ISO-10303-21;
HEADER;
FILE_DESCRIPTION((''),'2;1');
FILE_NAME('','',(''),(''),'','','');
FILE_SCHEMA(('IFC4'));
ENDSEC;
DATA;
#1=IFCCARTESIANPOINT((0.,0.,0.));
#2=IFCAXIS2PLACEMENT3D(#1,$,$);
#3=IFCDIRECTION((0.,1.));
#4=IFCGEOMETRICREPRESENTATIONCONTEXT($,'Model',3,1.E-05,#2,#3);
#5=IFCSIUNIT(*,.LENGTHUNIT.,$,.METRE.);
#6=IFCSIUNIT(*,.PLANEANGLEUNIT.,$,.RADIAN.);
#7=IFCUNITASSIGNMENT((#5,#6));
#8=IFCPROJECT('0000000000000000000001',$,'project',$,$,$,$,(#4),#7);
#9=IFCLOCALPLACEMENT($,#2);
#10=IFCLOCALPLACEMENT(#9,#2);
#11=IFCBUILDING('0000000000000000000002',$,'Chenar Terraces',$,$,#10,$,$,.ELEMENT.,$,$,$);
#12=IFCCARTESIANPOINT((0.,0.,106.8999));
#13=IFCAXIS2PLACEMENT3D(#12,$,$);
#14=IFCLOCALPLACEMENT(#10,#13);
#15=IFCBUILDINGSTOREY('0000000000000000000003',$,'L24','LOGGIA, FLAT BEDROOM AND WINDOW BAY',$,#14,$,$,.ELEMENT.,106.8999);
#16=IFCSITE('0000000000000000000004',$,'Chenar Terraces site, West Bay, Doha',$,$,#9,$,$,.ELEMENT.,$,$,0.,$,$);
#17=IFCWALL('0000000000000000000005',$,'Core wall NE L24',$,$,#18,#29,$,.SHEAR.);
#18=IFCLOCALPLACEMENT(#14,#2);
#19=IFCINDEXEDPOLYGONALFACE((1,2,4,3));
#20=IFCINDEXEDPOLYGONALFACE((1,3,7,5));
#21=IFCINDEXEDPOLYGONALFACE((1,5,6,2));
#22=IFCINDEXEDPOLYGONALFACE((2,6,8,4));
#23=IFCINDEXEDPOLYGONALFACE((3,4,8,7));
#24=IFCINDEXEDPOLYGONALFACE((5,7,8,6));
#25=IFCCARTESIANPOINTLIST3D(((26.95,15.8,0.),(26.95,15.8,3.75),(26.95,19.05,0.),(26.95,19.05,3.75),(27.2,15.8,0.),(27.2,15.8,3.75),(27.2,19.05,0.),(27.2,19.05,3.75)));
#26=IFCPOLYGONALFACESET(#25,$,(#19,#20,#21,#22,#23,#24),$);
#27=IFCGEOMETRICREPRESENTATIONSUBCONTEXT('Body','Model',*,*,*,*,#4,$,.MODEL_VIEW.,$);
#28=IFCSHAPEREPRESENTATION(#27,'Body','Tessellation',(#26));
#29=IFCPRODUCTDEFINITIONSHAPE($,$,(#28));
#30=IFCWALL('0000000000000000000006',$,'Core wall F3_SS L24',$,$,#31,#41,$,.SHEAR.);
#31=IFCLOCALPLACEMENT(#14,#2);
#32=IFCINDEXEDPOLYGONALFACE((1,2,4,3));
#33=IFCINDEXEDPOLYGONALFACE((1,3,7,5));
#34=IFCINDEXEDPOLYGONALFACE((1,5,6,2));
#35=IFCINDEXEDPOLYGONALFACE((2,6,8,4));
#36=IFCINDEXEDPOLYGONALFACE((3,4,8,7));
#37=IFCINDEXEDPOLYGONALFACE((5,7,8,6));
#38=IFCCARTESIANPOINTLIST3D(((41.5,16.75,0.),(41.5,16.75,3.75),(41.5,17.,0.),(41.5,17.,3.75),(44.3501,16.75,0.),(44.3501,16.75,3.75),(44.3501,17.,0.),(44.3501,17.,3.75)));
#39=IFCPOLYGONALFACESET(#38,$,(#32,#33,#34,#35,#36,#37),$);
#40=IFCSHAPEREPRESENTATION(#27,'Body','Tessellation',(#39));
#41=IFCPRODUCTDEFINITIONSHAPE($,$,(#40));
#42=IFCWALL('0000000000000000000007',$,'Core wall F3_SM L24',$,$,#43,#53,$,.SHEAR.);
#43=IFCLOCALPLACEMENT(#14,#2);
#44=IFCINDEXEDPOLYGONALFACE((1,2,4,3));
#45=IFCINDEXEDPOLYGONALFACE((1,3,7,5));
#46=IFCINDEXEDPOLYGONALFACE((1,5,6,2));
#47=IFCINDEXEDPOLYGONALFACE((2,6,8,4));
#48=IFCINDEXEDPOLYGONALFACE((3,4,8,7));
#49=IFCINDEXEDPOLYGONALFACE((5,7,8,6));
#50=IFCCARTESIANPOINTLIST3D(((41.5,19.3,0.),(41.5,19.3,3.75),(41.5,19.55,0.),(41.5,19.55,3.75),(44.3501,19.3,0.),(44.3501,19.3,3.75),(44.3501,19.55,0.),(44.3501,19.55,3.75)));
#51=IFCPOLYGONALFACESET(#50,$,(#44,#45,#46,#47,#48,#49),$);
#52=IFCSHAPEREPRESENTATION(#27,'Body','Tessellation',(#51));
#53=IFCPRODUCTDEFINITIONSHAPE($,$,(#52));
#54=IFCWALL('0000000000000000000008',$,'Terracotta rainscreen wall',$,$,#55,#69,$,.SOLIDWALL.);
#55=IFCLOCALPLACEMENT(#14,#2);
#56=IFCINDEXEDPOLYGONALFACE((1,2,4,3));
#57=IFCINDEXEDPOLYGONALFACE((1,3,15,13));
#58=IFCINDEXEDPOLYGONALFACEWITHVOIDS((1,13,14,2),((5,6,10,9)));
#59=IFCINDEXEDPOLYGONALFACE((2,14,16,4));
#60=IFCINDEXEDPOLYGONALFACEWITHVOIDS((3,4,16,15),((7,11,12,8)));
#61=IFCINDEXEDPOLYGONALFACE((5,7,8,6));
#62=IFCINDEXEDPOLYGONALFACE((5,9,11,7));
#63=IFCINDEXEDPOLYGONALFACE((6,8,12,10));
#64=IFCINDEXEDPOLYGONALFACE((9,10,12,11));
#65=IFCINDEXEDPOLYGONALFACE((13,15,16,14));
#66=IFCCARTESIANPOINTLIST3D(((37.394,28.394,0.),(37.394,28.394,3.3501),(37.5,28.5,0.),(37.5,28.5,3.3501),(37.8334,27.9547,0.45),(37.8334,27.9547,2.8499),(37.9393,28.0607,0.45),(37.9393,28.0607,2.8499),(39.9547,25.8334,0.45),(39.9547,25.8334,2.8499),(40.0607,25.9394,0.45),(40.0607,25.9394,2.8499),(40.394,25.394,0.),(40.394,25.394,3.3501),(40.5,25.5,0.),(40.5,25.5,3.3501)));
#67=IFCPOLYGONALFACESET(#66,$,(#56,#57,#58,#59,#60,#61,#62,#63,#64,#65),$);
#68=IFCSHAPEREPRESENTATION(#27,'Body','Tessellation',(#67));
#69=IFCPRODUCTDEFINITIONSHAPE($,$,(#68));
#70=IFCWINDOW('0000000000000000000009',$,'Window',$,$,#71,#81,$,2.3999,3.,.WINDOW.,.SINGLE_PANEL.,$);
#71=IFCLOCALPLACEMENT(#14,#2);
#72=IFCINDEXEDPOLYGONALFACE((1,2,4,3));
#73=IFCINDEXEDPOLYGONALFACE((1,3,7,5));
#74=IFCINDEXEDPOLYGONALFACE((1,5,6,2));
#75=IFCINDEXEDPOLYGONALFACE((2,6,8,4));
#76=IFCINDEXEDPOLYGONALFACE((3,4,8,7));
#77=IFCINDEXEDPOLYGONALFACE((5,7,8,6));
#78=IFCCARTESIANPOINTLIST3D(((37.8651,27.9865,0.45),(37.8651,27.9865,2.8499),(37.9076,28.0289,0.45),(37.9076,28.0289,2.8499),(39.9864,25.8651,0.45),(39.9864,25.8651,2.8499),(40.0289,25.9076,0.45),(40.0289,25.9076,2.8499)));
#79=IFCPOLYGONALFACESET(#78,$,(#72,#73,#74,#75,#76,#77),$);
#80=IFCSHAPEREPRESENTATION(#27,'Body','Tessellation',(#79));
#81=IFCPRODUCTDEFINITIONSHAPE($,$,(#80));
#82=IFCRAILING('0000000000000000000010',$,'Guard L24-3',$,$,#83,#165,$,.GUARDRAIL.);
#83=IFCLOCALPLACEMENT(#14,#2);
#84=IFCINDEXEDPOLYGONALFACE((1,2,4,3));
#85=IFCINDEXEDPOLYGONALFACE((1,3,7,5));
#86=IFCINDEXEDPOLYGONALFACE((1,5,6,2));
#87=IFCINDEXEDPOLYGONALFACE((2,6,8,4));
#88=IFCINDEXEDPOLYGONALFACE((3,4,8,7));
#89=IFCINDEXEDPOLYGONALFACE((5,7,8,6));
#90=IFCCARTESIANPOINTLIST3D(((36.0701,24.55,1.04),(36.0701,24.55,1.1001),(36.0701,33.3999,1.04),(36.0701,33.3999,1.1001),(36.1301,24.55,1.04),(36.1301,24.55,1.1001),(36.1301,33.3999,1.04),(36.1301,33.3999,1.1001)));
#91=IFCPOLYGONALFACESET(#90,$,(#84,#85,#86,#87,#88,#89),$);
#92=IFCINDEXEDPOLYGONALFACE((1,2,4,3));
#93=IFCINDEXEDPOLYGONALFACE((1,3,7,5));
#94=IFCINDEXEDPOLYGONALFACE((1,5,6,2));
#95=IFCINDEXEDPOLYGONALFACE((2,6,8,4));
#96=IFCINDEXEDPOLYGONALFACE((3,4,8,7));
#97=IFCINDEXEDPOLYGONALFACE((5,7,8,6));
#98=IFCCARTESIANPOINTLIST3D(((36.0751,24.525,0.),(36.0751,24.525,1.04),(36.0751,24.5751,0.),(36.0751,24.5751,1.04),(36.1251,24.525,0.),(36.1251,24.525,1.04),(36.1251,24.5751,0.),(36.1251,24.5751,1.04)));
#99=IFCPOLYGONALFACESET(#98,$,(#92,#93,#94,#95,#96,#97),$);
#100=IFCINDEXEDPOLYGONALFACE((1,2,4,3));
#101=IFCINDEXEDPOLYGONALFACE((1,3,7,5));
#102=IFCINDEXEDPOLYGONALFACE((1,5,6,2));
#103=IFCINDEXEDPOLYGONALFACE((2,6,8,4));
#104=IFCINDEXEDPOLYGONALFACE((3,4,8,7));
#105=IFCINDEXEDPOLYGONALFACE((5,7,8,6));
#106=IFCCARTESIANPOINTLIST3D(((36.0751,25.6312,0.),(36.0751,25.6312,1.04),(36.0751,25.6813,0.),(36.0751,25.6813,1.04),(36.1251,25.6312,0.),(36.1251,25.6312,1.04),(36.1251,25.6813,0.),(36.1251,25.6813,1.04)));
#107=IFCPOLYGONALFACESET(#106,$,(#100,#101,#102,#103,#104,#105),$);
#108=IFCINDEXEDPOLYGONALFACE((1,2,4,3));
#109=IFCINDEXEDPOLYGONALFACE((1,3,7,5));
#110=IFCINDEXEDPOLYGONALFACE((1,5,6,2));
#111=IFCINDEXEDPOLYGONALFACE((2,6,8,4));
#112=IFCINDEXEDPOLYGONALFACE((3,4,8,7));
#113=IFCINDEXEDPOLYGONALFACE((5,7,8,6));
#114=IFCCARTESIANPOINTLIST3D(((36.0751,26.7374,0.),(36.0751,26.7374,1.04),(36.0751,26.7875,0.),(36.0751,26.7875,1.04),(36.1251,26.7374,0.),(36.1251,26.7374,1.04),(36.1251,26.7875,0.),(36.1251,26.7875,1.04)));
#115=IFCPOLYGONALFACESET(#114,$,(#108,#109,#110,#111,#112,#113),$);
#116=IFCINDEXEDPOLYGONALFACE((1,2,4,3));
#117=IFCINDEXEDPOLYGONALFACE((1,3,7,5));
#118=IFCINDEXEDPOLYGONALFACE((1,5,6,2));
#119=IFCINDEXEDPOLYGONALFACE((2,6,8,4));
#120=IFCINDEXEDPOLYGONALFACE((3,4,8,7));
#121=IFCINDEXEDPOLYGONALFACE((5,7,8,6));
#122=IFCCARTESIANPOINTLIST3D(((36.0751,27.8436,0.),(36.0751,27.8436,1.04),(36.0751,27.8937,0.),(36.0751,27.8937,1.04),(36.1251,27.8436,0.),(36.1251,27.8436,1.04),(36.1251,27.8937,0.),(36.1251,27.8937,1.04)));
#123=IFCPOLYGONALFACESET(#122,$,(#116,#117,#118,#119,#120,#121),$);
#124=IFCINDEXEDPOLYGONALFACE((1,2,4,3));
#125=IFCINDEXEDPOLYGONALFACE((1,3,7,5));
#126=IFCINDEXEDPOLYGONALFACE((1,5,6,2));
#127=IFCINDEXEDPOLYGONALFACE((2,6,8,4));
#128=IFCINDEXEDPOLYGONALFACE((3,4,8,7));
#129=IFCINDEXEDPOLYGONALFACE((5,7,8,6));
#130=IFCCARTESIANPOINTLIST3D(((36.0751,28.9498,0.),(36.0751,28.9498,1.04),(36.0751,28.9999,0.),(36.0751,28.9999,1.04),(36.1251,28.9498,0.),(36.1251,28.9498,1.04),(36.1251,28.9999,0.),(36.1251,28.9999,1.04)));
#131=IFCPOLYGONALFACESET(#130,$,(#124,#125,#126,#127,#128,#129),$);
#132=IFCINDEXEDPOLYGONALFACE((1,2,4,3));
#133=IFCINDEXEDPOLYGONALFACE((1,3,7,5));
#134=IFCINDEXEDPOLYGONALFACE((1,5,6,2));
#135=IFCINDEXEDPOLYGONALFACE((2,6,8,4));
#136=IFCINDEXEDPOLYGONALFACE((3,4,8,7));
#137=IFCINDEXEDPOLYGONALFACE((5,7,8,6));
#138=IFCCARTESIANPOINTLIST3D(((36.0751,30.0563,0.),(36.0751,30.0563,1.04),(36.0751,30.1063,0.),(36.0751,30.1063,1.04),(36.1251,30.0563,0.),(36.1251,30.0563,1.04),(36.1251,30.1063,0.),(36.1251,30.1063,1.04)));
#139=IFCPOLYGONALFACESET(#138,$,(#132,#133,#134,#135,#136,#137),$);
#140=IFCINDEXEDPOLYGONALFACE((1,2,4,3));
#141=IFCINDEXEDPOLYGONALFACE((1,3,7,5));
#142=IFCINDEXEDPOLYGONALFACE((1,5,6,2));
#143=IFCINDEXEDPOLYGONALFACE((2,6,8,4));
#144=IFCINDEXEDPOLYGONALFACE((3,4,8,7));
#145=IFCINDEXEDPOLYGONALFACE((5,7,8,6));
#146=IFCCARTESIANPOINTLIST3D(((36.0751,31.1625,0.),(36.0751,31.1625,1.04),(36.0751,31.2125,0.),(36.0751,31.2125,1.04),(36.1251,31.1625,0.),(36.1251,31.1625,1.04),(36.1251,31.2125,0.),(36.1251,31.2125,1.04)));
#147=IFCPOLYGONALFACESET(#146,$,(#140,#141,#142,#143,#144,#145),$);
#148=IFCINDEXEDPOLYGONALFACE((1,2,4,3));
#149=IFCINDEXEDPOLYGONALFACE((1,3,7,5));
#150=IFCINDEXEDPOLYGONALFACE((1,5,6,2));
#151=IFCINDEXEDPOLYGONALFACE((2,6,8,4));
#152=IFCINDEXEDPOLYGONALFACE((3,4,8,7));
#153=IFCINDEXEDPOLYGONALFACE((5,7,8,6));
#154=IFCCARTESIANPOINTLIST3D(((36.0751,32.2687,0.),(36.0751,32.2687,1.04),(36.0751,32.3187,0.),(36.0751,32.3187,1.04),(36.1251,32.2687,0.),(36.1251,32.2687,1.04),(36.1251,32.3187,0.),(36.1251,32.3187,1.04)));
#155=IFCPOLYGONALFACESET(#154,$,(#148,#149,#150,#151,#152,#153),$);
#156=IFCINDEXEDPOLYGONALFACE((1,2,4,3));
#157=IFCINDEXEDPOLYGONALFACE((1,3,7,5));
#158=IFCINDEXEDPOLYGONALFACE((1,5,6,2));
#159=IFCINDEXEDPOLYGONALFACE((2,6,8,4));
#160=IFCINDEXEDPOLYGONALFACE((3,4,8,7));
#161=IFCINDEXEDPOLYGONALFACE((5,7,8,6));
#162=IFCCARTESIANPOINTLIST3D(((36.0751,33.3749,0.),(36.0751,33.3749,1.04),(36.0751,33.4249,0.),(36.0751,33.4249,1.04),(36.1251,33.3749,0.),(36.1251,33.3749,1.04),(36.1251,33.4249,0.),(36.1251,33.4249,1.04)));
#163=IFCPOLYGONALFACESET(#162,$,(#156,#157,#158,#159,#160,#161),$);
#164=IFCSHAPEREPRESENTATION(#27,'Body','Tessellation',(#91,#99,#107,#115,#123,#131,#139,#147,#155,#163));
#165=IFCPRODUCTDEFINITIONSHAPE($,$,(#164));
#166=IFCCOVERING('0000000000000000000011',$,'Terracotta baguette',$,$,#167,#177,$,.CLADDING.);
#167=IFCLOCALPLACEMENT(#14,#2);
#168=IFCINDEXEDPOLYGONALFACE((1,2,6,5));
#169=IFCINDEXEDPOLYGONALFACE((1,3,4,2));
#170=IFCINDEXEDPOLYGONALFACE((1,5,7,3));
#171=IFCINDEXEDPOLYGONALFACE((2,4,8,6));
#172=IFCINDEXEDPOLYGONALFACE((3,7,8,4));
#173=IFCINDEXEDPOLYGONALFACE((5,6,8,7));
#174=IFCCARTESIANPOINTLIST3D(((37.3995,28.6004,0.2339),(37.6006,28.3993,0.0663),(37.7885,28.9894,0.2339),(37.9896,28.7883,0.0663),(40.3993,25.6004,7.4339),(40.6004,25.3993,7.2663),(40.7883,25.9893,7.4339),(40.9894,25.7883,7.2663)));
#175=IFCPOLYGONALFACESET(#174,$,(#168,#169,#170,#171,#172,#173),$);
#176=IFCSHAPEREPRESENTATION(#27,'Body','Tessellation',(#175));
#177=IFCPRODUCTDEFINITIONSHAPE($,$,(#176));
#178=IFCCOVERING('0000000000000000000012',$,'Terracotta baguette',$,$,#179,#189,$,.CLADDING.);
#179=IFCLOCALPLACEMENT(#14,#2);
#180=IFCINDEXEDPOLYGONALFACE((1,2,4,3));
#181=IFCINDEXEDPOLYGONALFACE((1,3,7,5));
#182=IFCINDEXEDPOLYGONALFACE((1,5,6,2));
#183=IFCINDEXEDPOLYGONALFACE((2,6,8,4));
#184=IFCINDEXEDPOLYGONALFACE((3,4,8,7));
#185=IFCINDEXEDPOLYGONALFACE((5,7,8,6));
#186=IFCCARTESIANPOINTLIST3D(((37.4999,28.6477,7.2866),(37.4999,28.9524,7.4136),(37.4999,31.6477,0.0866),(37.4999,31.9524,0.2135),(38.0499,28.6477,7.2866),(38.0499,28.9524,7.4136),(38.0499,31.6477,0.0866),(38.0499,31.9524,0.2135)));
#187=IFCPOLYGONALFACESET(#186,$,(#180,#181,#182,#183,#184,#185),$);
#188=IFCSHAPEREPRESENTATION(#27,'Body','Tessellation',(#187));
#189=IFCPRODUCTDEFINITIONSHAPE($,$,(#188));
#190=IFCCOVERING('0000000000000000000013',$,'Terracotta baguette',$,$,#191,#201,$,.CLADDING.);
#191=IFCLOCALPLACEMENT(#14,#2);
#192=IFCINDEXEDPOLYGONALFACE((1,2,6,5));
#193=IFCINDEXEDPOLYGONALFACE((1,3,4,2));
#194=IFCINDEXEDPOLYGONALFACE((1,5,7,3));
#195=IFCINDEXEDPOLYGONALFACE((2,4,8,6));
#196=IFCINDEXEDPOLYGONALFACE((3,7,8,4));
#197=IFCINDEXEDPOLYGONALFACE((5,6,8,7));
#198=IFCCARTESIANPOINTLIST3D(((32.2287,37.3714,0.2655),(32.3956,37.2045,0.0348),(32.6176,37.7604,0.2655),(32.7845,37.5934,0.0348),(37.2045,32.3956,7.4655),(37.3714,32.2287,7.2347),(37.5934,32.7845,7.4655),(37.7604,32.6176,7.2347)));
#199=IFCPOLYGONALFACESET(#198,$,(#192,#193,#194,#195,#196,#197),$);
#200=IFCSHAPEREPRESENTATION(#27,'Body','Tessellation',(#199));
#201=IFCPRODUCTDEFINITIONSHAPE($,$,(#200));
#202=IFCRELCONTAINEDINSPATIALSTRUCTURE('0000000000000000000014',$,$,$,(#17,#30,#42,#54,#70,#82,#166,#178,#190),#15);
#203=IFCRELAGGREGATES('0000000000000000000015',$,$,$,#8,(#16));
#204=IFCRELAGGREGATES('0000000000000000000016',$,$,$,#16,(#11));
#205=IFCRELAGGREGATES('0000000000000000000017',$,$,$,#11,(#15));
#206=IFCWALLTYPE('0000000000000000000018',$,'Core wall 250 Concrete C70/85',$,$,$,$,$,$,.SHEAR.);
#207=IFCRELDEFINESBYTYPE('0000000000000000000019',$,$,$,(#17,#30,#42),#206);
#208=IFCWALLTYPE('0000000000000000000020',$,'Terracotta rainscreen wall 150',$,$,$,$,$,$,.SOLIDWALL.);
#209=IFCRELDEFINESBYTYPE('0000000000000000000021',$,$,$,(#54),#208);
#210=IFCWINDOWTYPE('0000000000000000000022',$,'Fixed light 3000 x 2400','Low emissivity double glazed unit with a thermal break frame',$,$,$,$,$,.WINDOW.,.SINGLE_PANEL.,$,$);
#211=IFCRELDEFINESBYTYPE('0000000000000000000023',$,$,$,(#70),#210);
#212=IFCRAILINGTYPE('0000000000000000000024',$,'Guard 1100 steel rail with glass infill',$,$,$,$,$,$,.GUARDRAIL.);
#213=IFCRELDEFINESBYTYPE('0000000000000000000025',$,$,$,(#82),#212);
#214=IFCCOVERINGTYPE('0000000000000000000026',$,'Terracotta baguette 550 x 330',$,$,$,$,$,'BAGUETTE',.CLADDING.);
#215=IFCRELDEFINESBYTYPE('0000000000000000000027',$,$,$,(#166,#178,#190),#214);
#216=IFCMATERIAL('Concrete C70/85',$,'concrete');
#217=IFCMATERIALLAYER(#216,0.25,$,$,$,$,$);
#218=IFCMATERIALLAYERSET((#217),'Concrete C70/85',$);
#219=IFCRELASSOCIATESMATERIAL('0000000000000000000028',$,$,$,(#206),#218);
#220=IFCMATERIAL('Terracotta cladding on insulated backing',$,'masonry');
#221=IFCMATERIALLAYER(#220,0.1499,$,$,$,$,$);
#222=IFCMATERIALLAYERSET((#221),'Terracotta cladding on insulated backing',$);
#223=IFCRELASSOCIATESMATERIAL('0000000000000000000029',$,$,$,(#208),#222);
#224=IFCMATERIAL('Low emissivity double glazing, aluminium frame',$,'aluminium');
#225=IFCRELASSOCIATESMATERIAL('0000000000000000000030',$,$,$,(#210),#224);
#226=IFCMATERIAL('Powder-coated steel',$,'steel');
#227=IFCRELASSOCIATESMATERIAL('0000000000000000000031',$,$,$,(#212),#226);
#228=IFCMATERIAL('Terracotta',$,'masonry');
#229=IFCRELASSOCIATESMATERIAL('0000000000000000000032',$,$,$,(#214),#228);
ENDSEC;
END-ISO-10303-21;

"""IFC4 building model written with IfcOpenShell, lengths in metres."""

from ifc_helpers import new_model, si_unit, direction, frame, frame_2d, origin, origin_2d, place, context, subcontext, project, spatial, rectangle, extrude, material, layer, layer_set, material_profile, profile_set, type_object, element, fill, save


model = new_model("IFC4")

# Units and contexts
model_context = context("Model", 3, precision=1e-05, world=origin(), true_north=direction((0.0, 1.0)))
body_context = subcontext(model_context, "Body", "Model", "MODEL_VIEW")
ifc_project = project(units=[si_unit("LENGTHUNIT", "METRE"), si_unit("PLANEANGLEUNIT", "RADIAN")], contexts=[model_context])

# Site, building, storey
site_placement = place(None, origin())
site = spatial("IfcSite", under=ifc_project, at=site_placement, Name="Chenar Terraces site, West Bay, Doha", CompositionType="ELEMENT", RefElevation=0.0)
building_placement = place(site_placement, origin())
building = spatial("IfcBuilding", under=site, at=building_placement, Name="Chenar Terraces", CompositionType="ELEMENT")
storey_placement = place(building_placement, frame((0.0, 0.0, 106.8999)))
storey = spatial("IfcBuildingStorey", under=building, at=storey_placement, Name="L24", Description="LOGGIA, FLAT BEDROOM AND WINDOW BAY", CompositionType="ELEMENT", Elevation=106.8999)

# Walls
ifc_material_1 = material(Name="Concrete C70/85", Category="concrete")
ifc_layer_1 = layer(ifc_material_1, 0.25)
ifc_layer_set_1 = layer_set([ifc_layer_1], Name="Concrete C70/85")
wall_type_1 = type_object("IfcWallType", Name="Core wall 250 Concrete C70/85", PredefinedType="SHEAR", material=ifc_layer_set_1)
wall_1_placement = place(storey_placement, frame((27.075, 15.8, 0.0), z_axis=(0.0, 0.0, 1.0), x_axis=(0.0, 1.0, 0.0)))
element("IfcWall", 1, at=wall_1_placement, inside=storey, type_object=wall_type_1, Name="Core wall NE L24", PredefinedType="SHEAR", context=body_context, shape_type="SweptSolid", body=[
    extrude(rectangle(XDim=3.25, YDim=0.25, at=frame_2d((1.625, 0.0))), origin(), (0.0, 0.0, 1.0), 3.75),
])
for number, where, z_axis, x_axis, name in (
    (2, (41.5, 16.875, 0.0), (0.0, 0.0, 1.0), (1.0, 0.0, 0.0), "Core wall F3_SS L24"),
    (3, (41.5, 19.425, 0.0), (0.0, 0.0, 1.0), (1.0, 0.0, 0.0), "Core wall F3_SM L24"),
):
    element("IfcWall", number, at=place(storey_placement, frame(where, z_axis=z_axis, x_axis=x_axis)), inside=storey, type_object=wall_type_1, Name=name, PredefinedType="SHEAR", context=body_context, shape_type="SweptSolid", body=[
        extrude(rectangle(XDim=2.8501, YDim=0.25, at=frame_2d((1.425, 0.0))), origin(), (0.0, 0.0, 1.0), 3.75),
    ])

# Wall, opening, window
ifc_material_2 = material(Name="Terracotta cladding on insulated backing", Category="masonry")
ifc_layer_2 = layer(ifc_material_2, 0.1499)
ifc_layer_set_2 = layer_set([ifc_layer_2], Name="Terracotta cladding on insulated backing")
wall_type_2 = type_object("IfcWallType", Name="Terracotta rainscreen wall 150", PredefinedType="SOLIDWALL", material=ifc_layer_set_2)
wall_2_placement = place(storey_placement, frame((40.447, 25.447, 0.0), z_axis=(0.0, 0.0, 1.0), x_axis=(-0.707107, 0.707107, 0.0)))
wall_2 = element("IfcWall", 4, at=wall_2_placement, inside=storey, type_object=wall_type_2, Name="Terracotta rainscreen wall", PredefinedType="SOLIDWALL", context=body_context, shape_type="SweptSolid", body=[
    extrude(rectangle(XDim=4.2427, YDim=0.1499, at=frame_2d((2.1213, 0.0))), origin(), (0.0, 0.0, 1.0), 3.3501),
])
opening_1_placement = place(wall_2_placement, frame((0.6213, 0.0, 0.45)))
opening_1 = element("IfcOpeningElement", 5, at=opening_1_placement, cuts=wall_2, PredefinedType="OPENING", context=body_context, shape_type="SweptSolid", body=[
    extrude(rectangle(XDim=3.0, YDim=2.3999, at=frame_2d((1.5, 1.2))), frame((0.0, 0.085, 0.0), z_axis=(0.0, -1.0, 0.0), x_axis=(1.0, 0.0, 0.0)), (0.0, 0.0, 1.0), 0.1699),
])
ifc_material_3 = material(Name="Low emissivity double glazing, aluminium frame", Category="aluminium")
window_type = type_object("IfcWindowType", Name="Fixed light 3000 x 2400", Description="Low emissivity double glazed unit with a thermal break frame", PartitioningType="SINGLE_PANEL", PredefinedType="WINDOW", material=ifc_material_3)
window_placement = place(opening_1_placement, origin())
window = element("IfcWindow", 6, at=window_placement, inside=storey, type_object=window_type, Name="Window", OverallHeight=2.3999, OverallWidth=3.0, PartitioningType="SINGLE_PANEL", PredefinedType="WINDOW", context=body_context, shape_type="SweptSolid", body=[
    extrude(rectangle(XDim=3.0, YDim=2.3999, at=frame_2d((1.5, 1.2))), frame((0.0, 0.03, 0.0), z_axis=(0.0, -1.0, 0.0), x_axis=(1.0, 0.0, 0.0)), (0.0, 0.0, 1.0), 0.0601),
])
fill(opening_1, window)

# Railing
ifc_material_4 = material(Name="Powder-coated steel", Category="steel")
railing_type = type_object("IfcRailingType", Name="Guard 1100 steel rail with glass infill", PredefinedType="GUARDRAIL", material=ifc_material_4)
railing_placement = place(storey_placement, frame((36.1001, 24.55, 0.0)))
element("IfcRailing", 7, at=railing_placement, inside=storey, type_object=railing_type, Name="Guard L24-3", PredefinedType="GUARDRAIL", context=body_context, shape_type="SweptSolid", body=[
    extrude(rectangle(XDim=0.0601, YDim=0.0601, at=origin_2d()), frame((0.0, 0.0, 1.0701), z_axis=(0.0, 1.0, 0.0), x_axis=(-1.0, 0.0, 0.0)), (0.0, 0.0, 1.0), 8.8499),
    extrude(rectangle(XDim=0.05, YDim=0.05, at=origin_2d()), origin(), (0.0, 0.0, 1.0), 1.04),
    extrude(rectangle(XDim=0.05, YDim=0.05, at=origin_2d()), frame((0.0, 1.1062, 0.0)), (0.0, 0.0, 1.0), 1.04),
    extrude(rectangle(XDim=0.05, YDim=0.05, at=origin_2d()), frame((0.0, 2.2124, 0.0)), (0.0, 0.0, 1.0), 1.04),
    extrude(rectangle(XDim=0.05, YDim=0.05, at=origin_2d()), frame((0.0, 3.3186, 0.0)), (0.0, 0.0, 1.0), 1.04),
    extrude(rectangle(XDim=0.05, YDim=0.05, at=origin_2d()), frame((0.0, 4.4248, 0.0)), (0.0, 0.0, 1.0), 1.04),
    extrude(rectangle(XDim=0.05, YDim=0.05, at=origin_2d()), frame((0.0, 5.5312, 0.0)), (0.0, 0.0, 1.0), 1.04),
    extrude(rectangle(XDim=0.05, YDim=0.05, at=origin_2d()), frame((0.0, 6.6375, 0.0)), (0.0, 0.0, 1.0), 1.04),
    extrude(rectangle(XDim=0.05, YDim=0.05, at=origin_2d()), frame((0.0, 7.7437, 0.0)), (0.0, 0.0, 1.0), 1.04),
    extrude(rectangle(XDim=0.05, YDim=0.05, at=origin_2d()), frame((0.0, 8.8499, 0.0)), (0.0, 0.0, 1.0), 1.04),
])

# Coverings
ifc_material_5 = material(Name="Terracotta", Category="masonry")
ifc_material_profile_1 = material_profile(ifc_material_5, rectangle(XDim=0.55, YDim=0.3301, at=origin_2d()), Name="Terracotta baguette 550 x 330")
ifc_profile_set_1 = profile_set([ifc_material_profile_1], Name="Terracotta")
covering_type = type_object("IfcCoveringType", Name="Terracotta baguette 550 x 330", ElementType="BAGUETTE", PredefinedType="CLADDING", material=ifc_profile_set_1)
covering_1_placement = place(storey_placement, frame((40.6943, 25.6943, 7.3501), z_axis=(-0.358955, 0.358985, -0.861557), x_axis=(-0.707136, -0.707078, 0.0)))
element("IfcCovering", 8, at=covering_1_placement, inside=storey, type_object=covering_type, Name="Terracotta baguette", PredefinedType="CLADDING", context=body_context, shape_type="SweptSolid", body=[
    extrude(rectangle(XDim=0.55, YDim=0.3301, at=origin_2d()), origin(), (0.0, 0.0, 1.0), 8.3569),
])
covering_2_placement = place(storey_placement, frame((37.7749, 28.8, 7.3501), z_axis=(0.0, 0.384618, -0.923076), x_axis=(-1.0, 0.0, 0.0)))
element("IfcCovering", 9, at=covering_2_placement, inside=storey, type_object=covering_type, Name="Terracotta baguette", PredefinedType="CLADDING", context=body_context, shape_type="SweptSolid", body=[
    extrude(rectangle(XDim=0.55, YDim=0.3301, at=origin_2d()), origin(), (0.0, 0.0, 1.0), 7.8),
])
covering_3_placement = place(storey_placement, frame((37.4824, 32.5066, 7.3501), z_axis=(-0.494241, 0.494241, -0.715159), x_axis=(-0.707107, -0.707107, 0.0)))
element("IfcCovering", 10, at=covering_3_placement, inside=storey, type_object=covering_type, Name="Terracotta baguette", PredefinedType="CLADDING", context=body_context, shape_type="SweptSolid", body=[
    extrude(rectangle(XDim=0.55, YDim=0.3301, at=origin_2d()), origin(), (0.0, 0.0, 1.0), 10.0676),
])

save(model, "model.ifc")
